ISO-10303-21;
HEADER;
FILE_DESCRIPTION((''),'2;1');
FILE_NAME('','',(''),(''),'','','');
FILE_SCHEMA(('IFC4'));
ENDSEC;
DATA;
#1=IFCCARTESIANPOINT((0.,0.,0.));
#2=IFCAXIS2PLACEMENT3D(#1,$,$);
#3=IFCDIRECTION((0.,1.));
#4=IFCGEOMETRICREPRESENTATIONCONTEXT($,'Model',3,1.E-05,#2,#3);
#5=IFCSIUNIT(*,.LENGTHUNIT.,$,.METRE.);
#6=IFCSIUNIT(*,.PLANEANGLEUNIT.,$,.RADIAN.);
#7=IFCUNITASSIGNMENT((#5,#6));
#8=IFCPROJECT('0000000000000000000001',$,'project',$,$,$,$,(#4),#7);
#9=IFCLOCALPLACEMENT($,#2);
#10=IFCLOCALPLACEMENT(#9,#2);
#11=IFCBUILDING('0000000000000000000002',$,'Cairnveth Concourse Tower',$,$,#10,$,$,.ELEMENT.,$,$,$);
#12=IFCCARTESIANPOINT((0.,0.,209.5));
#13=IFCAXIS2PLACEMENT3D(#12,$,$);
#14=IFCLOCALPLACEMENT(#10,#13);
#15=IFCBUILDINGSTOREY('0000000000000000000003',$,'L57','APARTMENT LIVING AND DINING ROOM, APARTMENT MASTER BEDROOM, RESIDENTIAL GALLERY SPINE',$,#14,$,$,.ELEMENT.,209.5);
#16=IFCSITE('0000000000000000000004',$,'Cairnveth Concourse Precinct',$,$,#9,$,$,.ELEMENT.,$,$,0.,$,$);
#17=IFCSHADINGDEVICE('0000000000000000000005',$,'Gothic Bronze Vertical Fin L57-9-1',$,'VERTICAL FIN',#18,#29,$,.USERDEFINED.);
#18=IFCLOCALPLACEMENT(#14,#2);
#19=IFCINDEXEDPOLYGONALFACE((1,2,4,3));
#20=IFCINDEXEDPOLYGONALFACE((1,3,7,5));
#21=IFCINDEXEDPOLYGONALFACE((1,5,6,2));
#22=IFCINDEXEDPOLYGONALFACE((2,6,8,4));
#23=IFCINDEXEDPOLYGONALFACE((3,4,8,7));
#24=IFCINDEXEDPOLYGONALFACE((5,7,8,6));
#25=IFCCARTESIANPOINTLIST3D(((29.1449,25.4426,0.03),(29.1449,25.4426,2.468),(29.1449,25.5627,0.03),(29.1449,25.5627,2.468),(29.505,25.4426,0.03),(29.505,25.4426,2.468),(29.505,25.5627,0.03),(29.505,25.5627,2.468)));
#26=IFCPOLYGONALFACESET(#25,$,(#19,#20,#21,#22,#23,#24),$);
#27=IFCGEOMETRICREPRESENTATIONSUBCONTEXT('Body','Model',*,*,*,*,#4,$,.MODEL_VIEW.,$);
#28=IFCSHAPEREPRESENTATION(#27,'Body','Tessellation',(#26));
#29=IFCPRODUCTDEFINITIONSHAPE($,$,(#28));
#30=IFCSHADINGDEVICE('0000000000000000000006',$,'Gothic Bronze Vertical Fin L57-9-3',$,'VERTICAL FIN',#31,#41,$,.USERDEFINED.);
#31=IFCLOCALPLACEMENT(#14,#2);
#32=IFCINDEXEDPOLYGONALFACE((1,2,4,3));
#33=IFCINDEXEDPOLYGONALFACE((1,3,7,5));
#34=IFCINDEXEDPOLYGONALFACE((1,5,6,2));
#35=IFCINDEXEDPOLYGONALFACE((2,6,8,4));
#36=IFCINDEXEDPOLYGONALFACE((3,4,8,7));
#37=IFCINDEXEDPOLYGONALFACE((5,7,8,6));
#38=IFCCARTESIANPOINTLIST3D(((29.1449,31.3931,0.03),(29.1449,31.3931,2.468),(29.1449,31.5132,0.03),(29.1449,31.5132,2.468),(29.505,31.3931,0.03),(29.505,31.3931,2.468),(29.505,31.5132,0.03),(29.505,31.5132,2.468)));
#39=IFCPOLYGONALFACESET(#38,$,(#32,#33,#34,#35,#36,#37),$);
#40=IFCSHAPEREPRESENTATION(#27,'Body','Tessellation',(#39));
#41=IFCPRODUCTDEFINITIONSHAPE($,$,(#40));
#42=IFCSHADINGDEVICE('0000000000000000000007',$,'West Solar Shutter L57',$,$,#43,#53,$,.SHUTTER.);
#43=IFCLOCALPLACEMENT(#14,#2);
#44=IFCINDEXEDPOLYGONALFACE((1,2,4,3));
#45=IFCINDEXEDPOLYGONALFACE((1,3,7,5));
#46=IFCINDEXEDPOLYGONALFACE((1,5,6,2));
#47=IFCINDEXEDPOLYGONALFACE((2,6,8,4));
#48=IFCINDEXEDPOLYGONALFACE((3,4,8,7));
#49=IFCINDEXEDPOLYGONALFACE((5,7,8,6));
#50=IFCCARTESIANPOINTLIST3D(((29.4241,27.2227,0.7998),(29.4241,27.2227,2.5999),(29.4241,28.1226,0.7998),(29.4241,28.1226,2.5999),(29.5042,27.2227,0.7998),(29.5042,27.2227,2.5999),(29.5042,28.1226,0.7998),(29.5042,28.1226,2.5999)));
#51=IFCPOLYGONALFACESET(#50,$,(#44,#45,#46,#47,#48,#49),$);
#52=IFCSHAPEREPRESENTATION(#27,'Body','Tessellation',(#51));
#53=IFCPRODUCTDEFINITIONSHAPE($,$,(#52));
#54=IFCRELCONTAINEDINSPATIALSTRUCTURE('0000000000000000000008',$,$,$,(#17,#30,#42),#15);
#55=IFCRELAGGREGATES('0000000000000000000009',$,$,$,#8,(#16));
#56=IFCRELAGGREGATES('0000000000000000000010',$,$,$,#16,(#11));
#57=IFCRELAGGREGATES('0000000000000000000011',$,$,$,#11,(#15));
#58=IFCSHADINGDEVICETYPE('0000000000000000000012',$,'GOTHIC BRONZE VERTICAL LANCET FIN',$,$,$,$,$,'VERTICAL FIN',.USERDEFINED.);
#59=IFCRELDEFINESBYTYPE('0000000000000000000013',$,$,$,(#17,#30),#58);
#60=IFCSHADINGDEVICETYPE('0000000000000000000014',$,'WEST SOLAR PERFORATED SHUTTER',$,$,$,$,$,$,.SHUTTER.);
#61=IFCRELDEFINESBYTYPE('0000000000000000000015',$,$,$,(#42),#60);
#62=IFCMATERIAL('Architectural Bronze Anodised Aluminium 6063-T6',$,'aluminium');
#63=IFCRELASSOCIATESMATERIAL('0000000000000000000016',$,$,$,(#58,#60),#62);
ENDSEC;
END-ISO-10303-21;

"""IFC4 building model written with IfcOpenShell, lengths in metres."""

from ifc_helpers import new_model, si_unit, direction, frame, origin, origin_2d, place, context, subcontext, project, spatial, rectangle, extrude, material, type_object, element, save


model = new_model("IFC4")

# Units and contexts
model_context = context("Model", 3, precision=1e-05, world=origin(), true_north=direction((0.0, 1.0)))
body_context = subcontext(model_context, "Body", "Model", "MODEL_VIEW")
ifc_project = project(units=[si_unit("LENGTHUNIT", "METRE"), si_unit("PLANEANGLEUNIT", "RADIAN")], contexts=[model_context])

# Site, building, storey
site_placement = place(None, origin())
site = spatial("IfcSite", under=ifc_project, at=site_placement, Name="Cairnveth Concourse Precinct", CompositionType="ELEMENT", RefElevation=0.0)
building_placement = place(site_placement, origin())
building = spatial("IfcBuilding", under=site, at=building_placement, Name="Cairnveth Concourse Tower", CompositionType="ELEMENT")
storey_placement = place(building_placement, frame((0.0, 0.0, 209.5)))
storey = spatial("IfcBuildingStorey", under=building, at=storey_placement, Name="L57", Description="APARTMENT LIVING AND DINING ROOM, APARTMENT MASTER BEDROOM, RESIDENTIAL GALLERY SPINE", CompositionType="ELEMENT", Elevation=209.5)

# Shading devices
ifc_material_1 = material(Name="Architectural Bronze Anodised Aluminium 6063-T6", Category="aluminium")
shading_device_type_1 = type_object("IfcShadingDeviceType", Name="GOTHIC BRONZE VERTICAL LANCET FIN", ElementType="VERTICAL FIN", PredefinedType="USERDEFINED", material=ifc_material_1)
for number, where, z_axis, x_axis, name in (
    (1, (29.325, 25.5027, 0.03), (0.0, 0.0, 1.0), (0.0, 1.0, 0.0), "Gothic Bronze Vertical Fin L57-9-1"),
    (2, (29.325, 31.4531, 0.03), (0.0, 0.0, 1.0), (0.0, 1.0, 0.0), "Gothic Bronze Vertical Fin L57-9-3"),
):
    element("IfcShadingDevice", number, at=place(storey_placement, frame(where, z_axis=z_axis, x_axis=x_axis)), inside=storey, type_object=shading_device_type_1, Name=name, ObjectType="VERTICAL FIN", PredefinedType="USERDEFINED", context=body_context, shape_type="SweptSolid", body=[
        extrude(rectangle(XDim=0.1201, YDim=0.3601, at=origin_2d()), origin(), (0.0, 0.0, 1.0), 2.438),
    ])
shading_device_type_2 = type_object("IfcShadingDeviceType", Name="WEST SOLAR PERFORATED SHUTTER", PredefinedType="SHUTTER", material=ifc_material_1)
shading_device_placement = place(storey_placement, frame((29.4641, 27.6726, 0.7998), z_axis=(0.0, 0.0, 1.0), x_axis=(1.0, 0.0, 0.0)))
element("IfcShadingDevice", 3, at=shading_device_placement, inside=storey, type_object=shading_device_type_2, Name="West Solar Shutter L57", PredefinedType="SHUTTER", context=body_context, shape_type="SweptSolid", body=[
    extrude(rectangle(XDim=0.0801, YDim=0.8999, at=origin_2d()), origin(), (0.0, 0.0, 1.0), 1.8),
])

save(model, "model.ifc")
